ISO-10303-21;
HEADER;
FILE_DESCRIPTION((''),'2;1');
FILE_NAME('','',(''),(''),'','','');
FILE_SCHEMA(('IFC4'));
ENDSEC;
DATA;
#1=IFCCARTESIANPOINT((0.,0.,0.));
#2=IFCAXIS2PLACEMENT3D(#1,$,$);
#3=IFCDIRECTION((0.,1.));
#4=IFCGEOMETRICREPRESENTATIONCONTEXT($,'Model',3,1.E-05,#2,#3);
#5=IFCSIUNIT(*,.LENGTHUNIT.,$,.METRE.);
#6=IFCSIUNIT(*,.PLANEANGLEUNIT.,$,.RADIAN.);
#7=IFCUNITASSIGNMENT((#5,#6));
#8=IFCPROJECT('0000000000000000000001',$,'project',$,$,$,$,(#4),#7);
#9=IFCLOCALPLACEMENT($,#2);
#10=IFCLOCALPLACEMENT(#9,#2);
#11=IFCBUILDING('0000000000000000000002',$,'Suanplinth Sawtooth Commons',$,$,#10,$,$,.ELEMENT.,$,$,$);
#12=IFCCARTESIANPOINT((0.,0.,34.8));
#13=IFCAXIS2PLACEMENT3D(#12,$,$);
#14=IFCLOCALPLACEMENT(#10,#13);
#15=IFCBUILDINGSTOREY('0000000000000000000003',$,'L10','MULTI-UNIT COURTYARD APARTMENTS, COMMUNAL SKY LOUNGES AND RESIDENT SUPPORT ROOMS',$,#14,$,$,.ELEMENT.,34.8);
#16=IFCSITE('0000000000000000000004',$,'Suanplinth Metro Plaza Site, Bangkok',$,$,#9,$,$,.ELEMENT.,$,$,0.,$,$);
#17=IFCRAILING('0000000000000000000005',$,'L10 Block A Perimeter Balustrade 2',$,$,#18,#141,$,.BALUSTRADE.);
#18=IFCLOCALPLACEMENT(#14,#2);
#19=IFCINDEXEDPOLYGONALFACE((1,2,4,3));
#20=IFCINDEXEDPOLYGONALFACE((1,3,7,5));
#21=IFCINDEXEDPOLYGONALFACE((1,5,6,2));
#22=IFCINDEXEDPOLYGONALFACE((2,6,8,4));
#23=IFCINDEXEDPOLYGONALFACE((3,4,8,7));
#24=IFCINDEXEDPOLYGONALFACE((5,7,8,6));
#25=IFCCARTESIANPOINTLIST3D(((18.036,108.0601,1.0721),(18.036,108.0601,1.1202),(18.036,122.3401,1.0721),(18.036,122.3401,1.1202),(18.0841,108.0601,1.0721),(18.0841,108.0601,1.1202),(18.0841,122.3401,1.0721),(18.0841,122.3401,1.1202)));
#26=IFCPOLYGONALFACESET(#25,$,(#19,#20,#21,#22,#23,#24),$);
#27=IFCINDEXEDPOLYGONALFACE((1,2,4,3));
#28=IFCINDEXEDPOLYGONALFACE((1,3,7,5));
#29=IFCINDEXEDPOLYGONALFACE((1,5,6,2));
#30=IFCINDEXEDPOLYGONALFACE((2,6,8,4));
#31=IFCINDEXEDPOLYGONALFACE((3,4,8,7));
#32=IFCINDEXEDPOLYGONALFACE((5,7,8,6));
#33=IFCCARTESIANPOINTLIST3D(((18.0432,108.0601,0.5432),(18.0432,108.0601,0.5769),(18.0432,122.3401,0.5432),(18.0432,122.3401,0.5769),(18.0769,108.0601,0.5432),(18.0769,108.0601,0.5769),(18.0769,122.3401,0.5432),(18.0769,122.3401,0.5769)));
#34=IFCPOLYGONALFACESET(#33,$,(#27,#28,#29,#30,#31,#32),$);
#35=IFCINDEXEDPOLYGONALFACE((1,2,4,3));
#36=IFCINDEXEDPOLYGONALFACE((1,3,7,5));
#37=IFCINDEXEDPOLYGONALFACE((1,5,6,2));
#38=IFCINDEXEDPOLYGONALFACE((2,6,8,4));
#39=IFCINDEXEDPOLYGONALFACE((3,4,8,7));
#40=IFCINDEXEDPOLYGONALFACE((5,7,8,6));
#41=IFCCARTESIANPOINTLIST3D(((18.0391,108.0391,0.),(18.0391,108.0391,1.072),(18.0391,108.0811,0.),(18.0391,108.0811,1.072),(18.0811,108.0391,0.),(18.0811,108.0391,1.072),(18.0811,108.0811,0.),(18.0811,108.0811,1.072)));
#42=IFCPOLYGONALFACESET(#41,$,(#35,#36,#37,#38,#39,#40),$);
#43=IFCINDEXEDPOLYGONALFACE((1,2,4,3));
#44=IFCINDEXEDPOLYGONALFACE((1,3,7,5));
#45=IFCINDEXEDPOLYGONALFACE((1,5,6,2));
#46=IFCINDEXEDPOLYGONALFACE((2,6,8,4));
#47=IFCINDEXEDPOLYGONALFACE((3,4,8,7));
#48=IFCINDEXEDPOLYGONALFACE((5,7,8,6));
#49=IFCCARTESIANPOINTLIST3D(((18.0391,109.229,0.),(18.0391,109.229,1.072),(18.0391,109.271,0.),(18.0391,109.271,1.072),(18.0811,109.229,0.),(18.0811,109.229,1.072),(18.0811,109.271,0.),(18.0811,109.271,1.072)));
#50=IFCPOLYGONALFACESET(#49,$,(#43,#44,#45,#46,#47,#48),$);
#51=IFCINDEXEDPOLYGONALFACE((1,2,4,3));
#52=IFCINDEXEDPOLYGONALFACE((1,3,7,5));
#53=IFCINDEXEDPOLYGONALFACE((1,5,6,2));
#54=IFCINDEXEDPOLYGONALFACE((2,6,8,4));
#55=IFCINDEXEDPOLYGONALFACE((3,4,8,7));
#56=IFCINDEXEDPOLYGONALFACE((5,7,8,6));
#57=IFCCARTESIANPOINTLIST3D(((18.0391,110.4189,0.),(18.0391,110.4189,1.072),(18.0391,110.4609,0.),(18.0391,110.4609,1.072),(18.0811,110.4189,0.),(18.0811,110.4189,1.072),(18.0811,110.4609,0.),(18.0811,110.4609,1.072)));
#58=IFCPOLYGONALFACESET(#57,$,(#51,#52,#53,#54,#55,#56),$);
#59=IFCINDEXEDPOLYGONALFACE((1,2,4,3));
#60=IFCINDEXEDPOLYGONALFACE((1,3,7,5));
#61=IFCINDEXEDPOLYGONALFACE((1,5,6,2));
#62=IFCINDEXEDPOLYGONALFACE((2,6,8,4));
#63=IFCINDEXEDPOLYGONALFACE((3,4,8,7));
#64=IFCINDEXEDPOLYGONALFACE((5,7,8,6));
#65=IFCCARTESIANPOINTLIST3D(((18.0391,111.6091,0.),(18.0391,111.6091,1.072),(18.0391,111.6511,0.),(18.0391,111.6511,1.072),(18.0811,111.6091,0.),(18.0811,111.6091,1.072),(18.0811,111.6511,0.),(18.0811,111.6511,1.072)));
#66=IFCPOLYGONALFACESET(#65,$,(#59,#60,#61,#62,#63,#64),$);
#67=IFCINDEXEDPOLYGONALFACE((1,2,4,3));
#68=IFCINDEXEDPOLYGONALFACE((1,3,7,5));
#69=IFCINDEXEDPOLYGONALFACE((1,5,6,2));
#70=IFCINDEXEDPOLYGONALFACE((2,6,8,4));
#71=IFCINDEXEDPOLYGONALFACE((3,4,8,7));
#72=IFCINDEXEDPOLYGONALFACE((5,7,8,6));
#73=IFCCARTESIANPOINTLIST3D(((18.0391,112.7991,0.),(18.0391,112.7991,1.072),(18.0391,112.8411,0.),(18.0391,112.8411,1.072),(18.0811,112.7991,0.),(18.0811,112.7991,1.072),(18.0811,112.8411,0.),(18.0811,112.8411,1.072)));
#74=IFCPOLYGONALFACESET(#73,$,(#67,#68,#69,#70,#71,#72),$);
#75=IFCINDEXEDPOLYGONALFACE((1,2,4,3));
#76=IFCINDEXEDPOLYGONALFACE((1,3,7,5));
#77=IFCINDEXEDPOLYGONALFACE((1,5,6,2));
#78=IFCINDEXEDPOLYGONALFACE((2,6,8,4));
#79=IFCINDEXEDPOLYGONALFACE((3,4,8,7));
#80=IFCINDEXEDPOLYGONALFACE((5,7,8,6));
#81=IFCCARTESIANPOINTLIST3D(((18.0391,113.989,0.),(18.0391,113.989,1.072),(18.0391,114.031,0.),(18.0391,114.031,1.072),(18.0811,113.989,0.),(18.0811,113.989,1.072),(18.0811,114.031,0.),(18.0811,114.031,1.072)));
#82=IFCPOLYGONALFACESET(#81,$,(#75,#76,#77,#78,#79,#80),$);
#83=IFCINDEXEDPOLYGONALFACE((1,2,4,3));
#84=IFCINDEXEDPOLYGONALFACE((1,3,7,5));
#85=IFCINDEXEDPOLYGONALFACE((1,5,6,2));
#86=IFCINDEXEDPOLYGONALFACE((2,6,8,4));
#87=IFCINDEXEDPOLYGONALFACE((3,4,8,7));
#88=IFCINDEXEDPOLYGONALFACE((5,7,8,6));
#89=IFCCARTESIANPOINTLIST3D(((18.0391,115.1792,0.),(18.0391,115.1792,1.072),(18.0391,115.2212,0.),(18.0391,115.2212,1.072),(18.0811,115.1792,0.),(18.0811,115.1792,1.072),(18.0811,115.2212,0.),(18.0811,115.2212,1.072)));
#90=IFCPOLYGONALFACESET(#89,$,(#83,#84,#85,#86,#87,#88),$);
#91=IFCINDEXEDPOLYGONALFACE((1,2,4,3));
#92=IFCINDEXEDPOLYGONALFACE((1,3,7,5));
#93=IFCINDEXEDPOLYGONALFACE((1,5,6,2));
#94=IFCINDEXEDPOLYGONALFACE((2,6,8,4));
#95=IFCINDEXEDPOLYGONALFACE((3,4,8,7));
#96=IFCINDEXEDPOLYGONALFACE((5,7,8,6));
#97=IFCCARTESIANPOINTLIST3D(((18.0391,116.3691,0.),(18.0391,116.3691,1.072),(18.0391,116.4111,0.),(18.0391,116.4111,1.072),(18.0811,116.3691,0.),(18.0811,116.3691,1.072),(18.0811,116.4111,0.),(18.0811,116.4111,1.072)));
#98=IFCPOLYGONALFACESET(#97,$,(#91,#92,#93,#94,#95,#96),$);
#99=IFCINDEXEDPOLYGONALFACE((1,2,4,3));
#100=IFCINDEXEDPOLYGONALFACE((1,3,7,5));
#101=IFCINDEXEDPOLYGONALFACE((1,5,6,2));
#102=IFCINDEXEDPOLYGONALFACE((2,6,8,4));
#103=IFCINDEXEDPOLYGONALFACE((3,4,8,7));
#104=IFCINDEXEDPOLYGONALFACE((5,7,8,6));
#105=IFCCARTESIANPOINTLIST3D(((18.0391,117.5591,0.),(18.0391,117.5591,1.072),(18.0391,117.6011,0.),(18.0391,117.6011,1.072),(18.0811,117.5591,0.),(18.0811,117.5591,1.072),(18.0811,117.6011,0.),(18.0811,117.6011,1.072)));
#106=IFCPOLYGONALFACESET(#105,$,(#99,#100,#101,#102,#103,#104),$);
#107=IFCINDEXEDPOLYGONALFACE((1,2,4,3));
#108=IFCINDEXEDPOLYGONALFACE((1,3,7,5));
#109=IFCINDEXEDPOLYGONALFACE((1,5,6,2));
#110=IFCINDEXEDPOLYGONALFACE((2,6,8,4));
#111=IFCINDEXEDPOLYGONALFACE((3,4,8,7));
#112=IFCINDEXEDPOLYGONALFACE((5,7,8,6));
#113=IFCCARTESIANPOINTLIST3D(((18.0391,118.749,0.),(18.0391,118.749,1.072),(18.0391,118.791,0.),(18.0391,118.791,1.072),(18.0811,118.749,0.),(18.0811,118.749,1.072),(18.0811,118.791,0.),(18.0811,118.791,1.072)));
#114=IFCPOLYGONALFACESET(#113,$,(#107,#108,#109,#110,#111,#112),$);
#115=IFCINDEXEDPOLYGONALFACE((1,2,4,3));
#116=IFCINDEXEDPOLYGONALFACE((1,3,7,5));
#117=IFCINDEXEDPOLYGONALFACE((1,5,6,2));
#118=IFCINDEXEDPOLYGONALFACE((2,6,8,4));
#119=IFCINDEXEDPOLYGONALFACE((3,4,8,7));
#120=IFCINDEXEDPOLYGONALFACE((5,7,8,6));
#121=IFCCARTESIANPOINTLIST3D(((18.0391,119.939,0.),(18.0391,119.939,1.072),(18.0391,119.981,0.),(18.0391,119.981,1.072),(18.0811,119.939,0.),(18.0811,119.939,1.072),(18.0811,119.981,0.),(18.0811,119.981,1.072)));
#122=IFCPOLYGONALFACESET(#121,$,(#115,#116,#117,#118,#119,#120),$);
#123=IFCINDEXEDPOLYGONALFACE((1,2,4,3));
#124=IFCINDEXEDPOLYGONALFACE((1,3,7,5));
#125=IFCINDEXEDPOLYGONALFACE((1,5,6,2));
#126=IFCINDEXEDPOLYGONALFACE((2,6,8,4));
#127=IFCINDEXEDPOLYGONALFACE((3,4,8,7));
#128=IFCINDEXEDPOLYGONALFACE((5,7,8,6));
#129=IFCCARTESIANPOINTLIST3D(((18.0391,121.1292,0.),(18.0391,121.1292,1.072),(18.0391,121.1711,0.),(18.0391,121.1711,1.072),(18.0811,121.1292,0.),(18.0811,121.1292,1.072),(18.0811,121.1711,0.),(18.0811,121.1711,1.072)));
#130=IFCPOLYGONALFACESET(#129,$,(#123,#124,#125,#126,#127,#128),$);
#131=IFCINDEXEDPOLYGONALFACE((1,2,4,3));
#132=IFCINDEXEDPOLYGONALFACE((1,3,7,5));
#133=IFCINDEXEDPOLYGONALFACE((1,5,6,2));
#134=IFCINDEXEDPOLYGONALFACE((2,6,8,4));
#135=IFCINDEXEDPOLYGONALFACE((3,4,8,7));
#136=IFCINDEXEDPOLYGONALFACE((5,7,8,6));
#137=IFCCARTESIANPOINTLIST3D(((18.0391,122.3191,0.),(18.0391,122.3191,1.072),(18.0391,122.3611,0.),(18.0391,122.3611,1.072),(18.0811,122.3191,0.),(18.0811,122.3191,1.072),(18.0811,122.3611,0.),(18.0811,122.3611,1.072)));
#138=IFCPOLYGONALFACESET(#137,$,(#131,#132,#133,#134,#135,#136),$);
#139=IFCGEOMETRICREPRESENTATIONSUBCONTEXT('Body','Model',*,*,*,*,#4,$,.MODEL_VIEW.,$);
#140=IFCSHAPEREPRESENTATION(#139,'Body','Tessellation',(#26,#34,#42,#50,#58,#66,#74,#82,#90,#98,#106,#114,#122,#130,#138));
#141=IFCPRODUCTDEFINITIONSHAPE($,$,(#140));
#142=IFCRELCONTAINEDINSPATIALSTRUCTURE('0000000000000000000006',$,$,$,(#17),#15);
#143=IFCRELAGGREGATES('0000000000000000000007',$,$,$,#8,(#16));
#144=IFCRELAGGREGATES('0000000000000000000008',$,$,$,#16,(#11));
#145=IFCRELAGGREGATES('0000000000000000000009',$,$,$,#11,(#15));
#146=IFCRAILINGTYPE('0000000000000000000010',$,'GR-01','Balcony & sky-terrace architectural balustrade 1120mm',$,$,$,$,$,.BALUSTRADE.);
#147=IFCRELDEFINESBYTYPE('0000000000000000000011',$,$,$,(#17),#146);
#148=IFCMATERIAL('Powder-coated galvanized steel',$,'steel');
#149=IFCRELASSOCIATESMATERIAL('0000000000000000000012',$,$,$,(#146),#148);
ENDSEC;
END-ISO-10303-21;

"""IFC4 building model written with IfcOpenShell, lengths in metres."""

from ifc_helpers import new_model, si_unit, direction, frame, origin, origin_2d, place, context, subcontext, project, spatial, rectangle, extrude, material, type_object, element, save


model = new_model("IFC4")

# Units and contexts
model_context = context("Model", 3, precision=1e-05, world=origin(), true_north=direction((0.0, 1.0)))
body_context = subcontext(model_context, "Body", "Model", "MODEL_VIEW")
ifc_project = project(units=[si_unit("LENGTHUNIT", "METRE"), si_unit("PLANEANGLEUNIT", "RADIAN")], contexts=[model_context])

# Site, building, storey
site_placement = place(None, origin())
site = spatial("IfcSite", under=ifc_project, at=site_placement, Name="Suanplinth Metro Plaza Site, Bangkok", CompositionType="ELEMENT", RefElevation=0.0)
building_placement = place(site_placement, origin())
building = spatial("IfcBuilding", under=site, at=building_placement, Name="Suanplinth Sawtooth Commons", CompositionType="ELEMENT")
storey_placement = place(building_placement, frame((0.0, 0.0, 34.8)))
storey = spatial("IfcBuildingStorey", under=building, at=storey_placement, Name="L10", Description="MULTI-UNIT COURTYARD APARTMENTS, COMMUNAL SKY LOUNGES AND RESIDENT SUPPORT ROOMS", CompositionType="ELEMENT", Elevation=34.8)

# Railing
ifc_material_1 = material(Name="Powder-coated galvanized steel", Category="steel")
railing_type = type_object("IfcRailingType", Name="GR-01", Description="Balcony & sky-terrace architectural balustrade 1120mm", PredefinedType="BALUSTRADE", material=ifc_material_1)
railing_1_placement = place(storey_placement, frame((18.0601, 108.0601, 0.0)))
element("IfcRailing", 1, at=railing_1_placement, inside=storey, type_object=railing_type, Name="L10 Block A Perimeter Balustrade 2", PredefinedType="BALUSTRADE", context=body_context, shape_type="SweptSolid", body=[
    extrude(rectangle(XDim=0.0481, YDim=0.0481, at=origin_2d()), frame((0.0, 0.0, 1.0962), z_axis=(0.0, 1.0, 0.0), x_axis=(-1.0, 0.0, 0.0)), (0.0, 0.0, 1.0), 14.28),
    extrude(rectangle(XDim=0.0337, YDim=0.0337, at=origin_2d()), frame((0.0, 0.0, 0.5601), z_axis=(0.0, 1.0, 0.0), x_axis=(-1.0, 0.0, 0.0)), (0.0, 0.0, 1.0), 14.28),
    extrude(rectangle(XDim=0.042, YDim=0.042, at=origin_2d()), origin(), (0.0, 0.0, 1.0), 1.072),
    extrude(rectangle(XDim=0.042, YDim=0.042, at=origin_2d()), frame((0.0, 1.1899, 0.0)), (0.0, 0.0, 1.0), 1.072),
    extrude(rectangle(XDim=0.042, YDim=0.042, at=origin_2d()), frame((0.0, 2.3799, 0.0)), (0.0, 0.0, 1.0), 1.072),
    extrude(rectangle(XDim=0.042, YDim=0.042, at=origin_2d()), frame((0.0, 3.5701, 0.0)), (0.0, 0.0, 1.0), 1.072),
    extrude(rectangle(XDim=0.042, YDim=0.042, at=origin_2d()), frame((0.0, 4.76, 0.0)), (0.0, 0.0, 1.0), 1.072),
    extrude(rectangle(XDim=0.042, YDim=0.042, at=origin_2d()), frame((0.0, 5.95, 0.0)), (0.0, 0.0, 1.0), 1.072),
    extrude(rectangle(XDim=0.042, YDim=0.042, at=origin_2d()), frame((0.0, 7.1401, 0.0)), (0.0, 0.0, 1.0), 1.072),
    extrude(rectangle(XDim=0.042, YDim=0.042, at=origin_2d()), frame((0.0, 8.3301, 0.0)), (0.0, 0.0, 1.0), 1.072),
    extrude(rectangle(XDim=0.042, YDim=0.042, at=origin_2d()), frame((0.0, 9.52, 0.0)), (0.0, 0.0, 1.0), 1.072),
    extrude(rectangle(XDim=0.042, YDim=0.042, at=origin_2d()), frame((0.0, 10.71, 0.0)), (0.0, 0.0, 1.0), 1.072),
    extrude(rectangle(XDim=0.042, YDim=0.042, at=origin_2d()), frame((0.0, 11.8999, 0.0)), (0.0, 0.0, 1.0), 1.072),
    extrude(rectangle(XDim=0.042, YDim=0.042, at=origin_2d()), frame((0.0, 13.0901, 0.0)), (0.0, 0.0, 1.0), 1.072),
    extrude(rectangle(XDim=0.042, YDim=0.042, at=origin_2d()), frame((0.0, 14.28, 0.0)), (0.0, 0.0, 1.0), 1.072),
])

save(model, "model.ifc")
